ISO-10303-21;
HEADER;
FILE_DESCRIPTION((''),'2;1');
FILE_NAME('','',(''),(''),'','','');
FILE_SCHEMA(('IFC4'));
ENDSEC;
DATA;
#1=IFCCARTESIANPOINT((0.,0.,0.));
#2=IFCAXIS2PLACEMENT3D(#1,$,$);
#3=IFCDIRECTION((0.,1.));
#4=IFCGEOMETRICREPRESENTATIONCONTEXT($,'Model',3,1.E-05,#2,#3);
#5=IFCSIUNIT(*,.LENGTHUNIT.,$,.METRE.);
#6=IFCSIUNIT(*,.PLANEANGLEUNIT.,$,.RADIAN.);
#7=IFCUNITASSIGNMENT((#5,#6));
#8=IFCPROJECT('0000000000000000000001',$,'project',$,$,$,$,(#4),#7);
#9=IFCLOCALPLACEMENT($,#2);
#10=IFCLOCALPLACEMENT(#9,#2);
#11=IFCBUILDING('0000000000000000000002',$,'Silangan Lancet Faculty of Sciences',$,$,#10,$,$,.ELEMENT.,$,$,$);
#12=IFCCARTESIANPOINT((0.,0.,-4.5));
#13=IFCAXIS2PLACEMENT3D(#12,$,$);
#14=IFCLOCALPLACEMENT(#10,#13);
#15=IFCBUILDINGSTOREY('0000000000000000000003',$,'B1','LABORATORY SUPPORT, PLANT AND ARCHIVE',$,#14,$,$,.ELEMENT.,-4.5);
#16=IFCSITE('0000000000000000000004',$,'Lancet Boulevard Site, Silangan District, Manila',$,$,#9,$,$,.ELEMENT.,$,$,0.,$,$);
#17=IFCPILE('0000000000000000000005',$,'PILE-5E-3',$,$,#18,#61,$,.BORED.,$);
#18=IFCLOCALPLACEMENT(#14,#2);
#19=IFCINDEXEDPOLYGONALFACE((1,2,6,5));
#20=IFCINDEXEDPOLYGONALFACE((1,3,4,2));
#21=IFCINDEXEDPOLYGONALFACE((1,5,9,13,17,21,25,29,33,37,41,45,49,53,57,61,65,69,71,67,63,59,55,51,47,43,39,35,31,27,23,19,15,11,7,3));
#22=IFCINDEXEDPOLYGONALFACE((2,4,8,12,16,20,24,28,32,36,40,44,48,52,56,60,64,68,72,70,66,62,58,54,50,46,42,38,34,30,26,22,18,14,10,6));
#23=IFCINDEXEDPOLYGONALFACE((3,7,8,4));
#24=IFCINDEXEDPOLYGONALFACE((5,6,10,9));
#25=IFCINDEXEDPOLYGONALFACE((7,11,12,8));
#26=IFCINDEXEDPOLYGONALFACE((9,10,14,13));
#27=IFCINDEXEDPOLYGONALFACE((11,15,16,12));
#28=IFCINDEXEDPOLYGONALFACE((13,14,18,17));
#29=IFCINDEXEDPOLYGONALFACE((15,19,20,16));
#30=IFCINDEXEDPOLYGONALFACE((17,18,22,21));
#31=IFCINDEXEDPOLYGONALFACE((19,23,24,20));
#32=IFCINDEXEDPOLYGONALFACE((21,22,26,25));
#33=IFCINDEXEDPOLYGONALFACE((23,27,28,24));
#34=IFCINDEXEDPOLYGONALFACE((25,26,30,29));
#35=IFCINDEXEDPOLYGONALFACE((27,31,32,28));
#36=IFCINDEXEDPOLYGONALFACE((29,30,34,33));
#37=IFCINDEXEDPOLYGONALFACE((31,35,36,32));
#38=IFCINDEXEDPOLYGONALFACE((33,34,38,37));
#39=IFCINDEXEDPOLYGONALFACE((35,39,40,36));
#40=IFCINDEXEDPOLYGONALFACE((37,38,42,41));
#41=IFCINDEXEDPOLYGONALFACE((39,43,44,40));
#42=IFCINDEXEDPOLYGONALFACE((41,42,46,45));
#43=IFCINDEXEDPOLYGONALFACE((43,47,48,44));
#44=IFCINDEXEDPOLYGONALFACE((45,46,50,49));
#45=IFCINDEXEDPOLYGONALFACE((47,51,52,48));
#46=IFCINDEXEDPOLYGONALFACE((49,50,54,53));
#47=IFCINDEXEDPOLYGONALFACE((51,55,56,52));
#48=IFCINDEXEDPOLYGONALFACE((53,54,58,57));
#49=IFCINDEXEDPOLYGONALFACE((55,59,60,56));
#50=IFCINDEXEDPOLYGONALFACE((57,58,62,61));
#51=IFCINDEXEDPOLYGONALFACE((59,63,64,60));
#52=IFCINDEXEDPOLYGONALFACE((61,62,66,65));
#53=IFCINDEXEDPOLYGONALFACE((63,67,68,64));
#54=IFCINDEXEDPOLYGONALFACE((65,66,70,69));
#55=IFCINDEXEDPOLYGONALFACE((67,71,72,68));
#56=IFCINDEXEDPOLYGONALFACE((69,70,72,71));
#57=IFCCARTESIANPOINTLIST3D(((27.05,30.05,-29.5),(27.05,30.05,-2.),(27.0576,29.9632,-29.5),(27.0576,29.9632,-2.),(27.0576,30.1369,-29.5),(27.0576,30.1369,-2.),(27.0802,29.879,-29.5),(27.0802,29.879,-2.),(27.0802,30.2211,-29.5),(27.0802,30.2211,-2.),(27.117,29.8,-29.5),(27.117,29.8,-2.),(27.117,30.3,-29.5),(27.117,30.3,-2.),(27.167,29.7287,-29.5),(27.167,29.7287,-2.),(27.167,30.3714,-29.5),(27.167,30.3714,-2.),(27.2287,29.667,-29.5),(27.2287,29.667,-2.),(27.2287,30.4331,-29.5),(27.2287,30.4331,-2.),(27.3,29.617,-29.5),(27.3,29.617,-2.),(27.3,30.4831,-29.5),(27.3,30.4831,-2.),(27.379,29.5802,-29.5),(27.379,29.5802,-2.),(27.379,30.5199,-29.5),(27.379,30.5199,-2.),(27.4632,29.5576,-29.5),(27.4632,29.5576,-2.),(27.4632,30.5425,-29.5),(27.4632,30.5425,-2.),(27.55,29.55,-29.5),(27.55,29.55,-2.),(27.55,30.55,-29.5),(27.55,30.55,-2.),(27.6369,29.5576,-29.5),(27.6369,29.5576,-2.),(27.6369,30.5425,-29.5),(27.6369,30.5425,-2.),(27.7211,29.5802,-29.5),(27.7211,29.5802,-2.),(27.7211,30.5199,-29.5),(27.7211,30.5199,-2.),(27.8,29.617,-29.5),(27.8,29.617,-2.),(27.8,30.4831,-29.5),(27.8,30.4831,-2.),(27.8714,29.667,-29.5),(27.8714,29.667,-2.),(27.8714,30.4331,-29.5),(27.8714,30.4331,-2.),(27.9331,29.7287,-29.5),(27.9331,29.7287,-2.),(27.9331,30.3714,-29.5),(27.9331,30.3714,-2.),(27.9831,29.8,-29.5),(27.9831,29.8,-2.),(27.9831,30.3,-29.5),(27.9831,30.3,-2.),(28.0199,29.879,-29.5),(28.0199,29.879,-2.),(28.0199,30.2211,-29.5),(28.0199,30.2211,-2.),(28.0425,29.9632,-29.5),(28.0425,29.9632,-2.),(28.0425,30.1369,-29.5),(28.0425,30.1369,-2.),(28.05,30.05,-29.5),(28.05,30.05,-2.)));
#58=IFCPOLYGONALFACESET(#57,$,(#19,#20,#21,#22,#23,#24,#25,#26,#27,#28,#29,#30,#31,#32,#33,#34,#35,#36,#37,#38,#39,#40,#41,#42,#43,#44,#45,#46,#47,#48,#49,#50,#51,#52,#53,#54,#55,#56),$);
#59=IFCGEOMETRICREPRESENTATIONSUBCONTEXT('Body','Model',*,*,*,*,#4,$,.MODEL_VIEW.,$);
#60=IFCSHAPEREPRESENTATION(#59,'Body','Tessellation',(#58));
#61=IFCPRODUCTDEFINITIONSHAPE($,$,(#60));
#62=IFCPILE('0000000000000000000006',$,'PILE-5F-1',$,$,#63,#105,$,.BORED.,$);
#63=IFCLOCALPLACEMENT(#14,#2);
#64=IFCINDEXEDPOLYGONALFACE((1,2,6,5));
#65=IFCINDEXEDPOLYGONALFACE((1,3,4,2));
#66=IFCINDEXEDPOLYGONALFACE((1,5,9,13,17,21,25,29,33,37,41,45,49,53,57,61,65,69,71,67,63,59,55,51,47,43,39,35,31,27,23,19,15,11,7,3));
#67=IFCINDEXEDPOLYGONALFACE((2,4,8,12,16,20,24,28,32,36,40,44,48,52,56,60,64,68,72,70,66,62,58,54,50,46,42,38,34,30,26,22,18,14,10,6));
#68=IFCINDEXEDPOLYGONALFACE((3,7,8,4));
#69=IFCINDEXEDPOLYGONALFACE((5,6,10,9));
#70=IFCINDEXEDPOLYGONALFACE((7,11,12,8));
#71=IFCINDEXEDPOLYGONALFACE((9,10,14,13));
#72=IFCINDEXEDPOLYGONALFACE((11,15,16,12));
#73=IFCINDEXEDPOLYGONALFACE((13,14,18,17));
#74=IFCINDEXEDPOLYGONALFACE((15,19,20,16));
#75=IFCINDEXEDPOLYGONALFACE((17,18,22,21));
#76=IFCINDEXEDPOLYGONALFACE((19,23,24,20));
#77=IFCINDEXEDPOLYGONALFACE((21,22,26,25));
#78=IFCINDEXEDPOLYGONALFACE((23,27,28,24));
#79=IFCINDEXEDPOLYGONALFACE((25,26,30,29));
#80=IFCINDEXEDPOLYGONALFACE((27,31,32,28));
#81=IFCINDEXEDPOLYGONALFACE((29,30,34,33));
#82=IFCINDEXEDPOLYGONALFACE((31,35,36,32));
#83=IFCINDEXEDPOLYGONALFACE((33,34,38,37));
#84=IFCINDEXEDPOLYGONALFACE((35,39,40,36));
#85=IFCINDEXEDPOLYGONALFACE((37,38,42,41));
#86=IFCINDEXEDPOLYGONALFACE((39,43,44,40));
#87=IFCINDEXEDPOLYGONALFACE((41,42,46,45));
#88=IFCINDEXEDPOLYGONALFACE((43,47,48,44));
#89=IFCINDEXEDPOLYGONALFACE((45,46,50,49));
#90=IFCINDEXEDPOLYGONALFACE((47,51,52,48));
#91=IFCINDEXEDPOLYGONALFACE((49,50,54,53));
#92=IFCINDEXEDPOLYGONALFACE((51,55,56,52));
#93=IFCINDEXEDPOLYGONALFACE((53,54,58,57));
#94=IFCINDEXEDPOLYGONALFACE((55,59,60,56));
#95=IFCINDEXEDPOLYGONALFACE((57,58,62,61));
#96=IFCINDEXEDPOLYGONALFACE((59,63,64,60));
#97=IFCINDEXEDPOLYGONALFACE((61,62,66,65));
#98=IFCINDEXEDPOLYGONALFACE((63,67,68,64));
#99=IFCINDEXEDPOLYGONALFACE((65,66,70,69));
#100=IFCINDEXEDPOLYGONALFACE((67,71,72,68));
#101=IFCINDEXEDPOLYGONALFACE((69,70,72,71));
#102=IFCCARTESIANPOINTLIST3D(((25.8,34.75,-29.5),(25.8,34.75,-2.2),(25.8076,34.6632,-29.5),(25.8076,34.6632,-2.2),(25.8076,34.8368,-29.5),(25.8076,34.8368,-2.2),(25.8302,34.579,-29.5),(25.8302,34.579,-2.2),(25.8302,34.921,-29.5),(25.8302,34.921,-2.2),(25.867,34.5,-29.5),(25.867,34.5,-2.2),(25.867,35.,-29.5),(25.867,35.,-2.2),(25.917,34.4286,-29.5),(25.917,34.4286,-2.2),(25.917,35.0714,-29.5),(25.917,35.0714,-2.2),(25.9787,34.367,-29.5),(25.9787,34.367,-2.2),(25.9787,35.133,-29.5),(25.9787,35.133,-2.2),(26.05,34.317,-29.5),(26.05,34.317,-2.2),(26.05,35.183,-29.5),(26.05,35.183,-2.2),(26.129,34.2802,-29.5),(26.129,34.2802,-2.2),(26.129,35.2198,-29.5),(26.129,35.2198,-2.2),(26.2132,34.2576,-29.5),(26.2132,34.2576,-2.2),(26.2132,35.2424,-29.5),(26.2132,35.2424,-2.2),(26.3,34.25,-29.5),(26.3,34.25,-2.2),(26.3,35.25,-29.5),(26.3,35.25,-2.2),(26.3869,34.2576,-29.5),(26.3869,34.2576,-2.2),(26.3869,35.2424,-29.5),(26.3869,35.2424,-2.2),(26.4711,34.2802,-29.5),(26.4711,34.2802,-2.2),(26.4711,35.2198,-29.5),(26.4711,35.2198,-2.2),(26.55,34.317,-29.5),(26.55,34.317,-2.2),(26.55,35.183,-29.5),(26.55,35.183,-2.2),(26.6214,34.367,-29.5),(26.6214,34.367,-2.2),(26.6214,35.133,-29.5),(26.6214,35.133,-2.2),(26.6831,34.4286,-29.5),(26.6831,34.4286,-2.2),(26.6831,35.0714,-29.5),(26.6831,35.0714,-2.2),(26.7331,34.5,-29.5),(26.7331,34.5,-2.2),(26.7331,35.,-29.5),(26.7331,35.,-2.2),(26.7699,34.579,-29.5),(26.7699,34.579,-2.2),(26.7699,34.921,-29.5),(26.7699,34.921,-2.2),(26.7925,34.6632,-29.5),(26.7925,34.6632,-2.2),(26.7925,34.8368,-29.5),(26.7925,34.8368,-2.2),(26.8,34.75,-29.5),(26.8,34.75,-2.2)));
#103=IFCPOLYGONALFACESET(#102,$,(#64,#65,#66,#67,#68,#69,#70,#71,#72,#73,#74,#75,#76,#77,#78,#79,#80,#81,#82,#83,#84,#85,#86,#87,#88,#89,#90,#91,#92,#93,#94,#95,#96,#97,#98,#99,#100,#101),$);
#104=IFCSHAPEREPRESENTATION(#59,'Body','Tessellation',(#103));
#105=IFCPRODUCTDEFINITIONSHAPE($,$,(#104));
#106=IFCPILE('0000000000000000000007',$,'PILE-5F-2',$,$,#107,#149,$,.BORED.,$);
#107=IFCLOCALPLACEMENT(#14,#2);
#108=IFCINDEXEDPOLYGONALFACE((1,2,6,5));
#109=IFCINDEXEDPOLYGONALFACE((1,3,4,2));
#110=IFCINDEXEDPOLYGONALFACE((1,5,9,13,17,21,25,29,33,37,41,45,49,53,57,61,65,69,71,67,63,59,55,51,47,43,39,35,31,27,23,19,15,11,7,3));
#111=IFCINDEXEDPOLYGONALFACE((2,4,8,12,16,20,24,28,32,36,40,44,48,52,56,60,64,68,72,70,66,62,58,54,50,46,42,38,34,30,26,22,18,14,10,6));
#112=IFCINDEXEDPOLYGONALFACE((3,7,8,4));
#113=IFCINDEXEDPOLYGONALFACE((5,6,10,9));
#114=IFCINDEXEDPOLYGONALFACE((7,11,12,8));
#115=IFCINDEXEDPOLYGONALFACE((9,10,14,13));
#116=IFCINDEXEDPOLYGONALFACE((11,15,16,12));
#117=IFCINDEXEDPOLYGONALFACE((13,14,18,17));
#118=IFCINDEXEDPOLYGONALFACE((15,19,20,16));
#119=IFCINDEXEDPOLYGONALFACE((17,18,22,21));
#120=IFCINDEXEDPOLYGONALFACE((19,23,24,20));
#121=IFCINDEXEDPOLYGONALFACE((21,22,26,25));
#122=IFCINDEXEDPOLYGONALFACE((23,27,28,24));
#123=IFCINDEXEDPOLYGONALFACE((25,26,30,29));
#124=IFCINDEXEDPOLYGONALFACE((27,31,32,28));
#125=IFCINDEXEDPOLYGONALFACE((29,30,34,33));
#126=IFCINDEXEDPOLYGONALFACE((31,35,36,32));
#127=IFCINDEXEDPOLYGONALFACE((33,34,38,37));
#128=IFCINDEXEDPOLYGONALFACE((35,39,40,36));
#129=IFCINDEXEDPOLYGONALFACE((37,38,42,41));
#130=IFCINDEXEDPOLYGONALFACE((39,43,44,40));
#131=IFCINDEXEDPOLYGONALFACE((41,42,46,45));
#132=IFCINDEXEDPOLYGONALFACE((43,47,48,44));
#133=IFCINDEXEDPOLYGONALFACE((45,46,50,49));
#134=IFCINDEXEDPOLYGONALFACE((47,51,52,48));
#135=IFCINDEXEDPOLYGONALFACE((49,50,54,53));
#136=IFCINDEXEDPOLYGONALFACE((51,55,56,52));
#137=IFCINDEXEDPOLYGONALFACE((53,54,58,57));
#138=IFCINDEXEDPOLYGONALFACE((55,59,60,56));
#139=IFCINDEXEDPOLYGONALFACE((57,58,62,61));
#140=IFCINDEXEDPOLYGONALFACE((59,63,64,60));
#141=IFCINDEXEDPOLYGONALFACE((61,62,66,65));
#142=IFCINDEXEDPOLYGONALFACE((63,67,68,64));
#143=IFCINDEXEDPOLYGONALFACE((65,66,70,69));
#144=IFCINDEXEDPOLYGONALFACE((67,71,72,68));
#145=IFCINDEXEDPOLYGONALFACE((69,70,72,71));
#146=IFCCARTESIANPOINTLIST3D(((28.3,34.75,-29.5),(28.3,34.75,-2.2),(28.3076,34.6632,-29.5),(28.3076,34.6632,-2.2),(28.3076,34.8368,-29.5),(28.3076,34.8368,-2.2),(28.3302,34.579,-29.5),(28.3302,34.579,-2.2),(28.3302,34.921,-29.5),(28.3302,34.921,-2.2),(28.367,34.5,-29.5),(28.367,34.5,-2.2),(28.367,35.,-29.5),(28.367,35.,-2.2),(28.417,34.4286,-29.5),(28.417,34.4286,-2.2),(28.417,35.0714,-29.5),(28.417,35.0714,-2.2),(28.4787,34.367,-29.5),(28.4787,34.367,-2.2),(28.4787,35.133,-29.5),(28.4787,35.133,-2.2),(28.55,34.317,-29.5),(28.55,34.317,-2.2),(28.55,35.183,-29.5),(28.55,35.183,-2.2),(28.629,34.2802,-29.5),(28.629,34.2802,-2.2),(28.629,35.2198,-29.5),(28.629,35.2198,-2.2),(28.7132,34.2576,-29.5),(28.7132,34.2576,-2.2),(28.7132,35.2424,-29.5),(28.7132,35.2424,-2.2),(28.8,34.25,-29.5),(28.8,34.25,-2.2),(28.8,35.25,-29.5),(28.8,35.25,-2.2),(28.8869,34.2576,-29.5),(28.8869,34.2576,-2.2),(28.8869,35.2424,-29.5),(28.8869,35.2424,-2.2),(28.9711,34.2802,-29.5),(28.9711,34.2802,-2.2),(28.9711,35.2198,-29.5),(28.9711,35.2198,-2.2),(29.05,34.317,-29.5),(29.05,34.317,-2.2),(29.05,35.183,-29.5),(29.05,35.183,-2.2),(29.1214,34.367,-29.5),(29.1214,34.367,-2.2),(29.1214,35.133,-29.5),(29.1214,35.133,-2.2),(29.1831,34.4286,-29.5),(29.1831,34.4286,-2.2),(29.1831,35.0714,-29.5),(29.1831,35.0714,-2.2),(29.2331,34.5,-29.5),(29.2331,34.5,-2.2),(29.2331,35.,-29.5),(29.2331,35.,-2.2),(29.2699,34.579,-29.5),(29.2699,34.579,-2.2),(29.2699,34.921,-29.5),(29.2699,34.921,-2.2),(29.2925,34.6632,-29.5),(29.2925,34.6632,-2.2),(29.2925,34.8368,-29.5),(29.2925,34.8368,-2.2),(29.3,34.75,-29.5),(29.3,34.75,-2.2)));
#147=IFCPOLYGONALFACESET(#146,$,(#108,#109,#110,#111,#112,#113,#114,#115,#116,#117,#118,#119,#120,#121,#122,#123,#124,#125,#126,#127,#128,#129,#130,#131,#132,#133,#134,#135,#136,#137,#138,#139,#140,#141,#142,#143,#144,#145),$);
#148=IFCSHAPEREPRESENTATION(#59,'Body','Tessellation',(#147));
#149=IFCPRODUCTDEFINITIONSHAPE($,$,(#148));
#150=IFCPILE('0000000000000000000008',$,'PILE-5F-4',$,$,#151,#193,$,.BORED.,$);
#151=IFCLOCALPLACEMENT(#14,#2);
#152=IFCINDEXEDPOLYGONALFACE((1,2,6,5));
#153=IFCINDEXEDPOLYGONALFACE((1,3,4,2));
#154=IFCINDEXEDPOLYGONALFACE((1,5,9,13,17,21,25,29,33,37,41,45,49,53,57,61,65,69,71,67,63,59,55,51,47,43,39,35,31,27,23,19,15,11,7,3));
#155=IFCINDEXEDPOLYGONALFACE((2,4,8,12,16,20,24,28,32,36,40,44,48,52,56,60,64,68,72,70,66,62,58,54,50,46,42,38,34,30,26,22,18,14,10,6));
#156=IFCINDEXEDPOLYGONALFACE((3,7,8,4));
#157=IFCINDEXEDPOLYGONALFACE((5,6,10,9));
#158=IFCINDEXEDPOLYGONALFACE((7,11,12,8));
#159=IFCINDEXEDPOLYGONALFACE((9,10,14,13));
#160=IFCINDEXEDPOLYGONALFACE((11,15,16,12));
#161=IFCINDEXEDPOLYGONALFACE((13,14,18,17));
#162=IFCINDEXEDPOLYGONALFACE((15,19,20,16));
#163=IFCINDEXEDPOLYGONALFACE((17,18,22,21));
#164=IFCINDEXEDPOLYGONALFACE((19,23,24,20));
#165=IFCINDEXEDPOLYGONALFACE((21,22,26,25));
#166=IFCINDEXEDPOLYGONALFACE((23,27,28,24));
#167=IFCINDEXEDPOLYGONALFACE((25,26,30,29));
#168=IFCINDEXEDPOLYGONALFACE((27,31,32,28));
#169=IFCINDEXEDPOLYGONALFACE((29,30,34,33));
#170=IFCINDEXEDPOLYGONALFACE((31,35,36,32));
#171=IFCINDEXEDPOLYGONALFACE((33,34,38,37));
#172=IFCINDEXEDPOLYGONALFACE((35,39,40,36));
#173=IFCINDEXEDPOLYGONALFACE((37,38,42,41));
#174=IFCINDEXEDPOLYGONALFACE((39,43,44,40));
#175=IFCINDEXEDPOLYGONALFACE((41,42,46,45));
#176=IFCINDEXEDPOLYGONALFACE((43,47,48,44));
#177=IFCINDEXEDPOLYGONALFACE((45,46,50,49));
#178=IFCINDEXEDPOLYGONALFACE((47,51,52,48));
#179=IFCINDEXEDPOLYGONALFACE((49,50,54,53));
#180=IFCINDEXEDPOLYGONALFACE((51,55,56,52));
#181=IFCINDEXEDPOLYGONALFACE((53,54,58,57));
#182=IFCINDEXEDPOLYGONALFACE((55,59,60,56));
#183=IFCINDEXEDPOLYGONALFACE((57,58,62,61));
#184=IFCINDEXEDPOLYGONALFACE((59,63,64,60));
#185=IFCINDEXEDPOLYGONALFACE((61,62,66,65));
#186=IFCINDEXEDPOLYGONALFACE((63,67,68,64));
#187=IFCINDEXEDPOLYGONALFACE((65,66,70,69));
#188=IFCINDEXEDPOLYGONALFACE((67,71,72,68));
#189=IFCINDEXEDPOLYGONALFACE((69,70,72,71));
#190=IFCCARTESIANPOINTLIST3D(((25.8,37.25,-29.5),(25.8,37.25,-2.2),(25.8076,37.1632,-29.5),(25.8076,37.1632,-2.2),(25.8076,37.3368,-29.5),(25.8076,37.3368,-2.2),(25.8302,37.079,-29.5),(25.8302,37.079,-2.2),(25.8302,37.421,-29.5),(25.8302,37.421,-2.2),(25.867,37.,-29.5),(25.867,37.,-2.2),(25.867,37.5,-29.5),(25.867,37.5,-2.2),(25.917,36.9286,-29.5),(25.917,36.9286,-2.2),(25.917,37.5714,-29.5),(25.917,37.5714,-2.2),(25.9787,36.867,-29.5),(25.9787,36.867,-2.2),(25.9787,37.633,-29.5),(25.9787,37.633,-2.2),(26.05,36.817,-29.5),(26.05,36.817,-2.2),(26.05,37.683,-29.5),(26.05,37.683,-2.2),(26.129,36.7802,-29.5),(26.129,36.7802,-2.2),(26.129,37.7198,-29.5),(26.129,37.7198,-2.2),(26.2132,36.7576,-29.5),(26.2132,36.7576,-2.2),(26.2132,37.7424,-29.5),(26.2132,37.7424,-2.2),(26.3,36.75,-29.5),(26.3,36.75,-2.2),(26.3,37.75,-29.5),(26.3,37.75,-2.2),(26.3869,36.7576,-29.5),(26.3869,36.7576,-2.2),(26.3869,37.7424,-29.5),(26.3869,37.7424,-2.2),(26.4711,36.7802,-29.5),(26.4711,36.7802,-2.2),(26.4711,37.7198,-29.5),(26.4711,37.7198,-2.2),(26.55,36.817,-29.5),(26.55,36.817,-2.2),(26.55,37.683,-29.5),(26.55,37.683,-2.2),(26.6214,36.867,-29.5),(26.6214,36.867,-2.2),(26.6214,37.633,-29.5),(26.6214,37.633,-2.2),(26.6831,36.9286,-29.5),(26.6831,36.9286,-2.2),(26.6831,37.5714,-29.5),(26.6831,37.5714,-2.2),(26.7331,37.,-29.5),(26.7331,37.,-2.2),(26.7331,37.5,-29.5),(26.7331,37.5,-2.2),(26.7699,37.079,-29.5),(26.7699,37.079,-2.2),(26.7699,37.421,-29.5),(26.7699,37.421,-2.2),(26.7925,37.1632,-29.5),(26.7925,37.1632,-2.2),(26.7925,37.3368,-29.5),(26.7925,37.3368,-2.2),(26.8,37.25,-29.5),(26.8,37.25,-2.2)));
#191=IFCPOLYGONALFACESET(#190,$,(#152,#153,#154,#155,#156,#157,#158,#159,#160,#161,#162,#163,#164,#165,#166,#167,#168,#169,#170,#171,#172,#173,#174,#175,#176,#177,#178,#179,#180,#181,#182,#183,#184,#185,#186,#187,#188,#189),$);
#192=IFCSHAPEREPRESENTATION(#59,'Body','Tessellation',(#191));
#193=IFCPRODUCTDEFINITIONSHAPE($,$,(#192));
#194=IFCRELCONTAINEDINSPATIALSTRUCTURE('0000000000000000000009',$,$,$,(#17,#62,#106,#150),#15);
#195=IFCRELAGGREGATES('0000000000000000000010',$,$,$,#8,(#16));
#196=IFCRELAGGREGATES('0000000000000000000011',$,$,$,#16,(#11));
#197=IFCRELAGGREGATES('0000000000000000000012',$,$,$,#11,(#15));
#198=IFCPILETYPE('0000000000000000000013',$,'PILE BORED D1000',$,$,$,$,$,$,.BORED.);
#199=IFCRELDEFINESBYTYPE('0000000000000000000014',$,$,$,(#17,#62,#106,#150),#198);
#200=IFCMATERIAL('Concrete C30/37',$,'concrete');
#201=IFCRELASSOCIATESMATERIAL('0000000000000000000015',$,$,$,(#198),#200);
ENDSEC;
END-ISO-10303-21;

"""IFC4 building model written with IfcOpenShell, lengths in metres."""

from ifc_helpers import new_model, si_unit, direction, frame, origin, origin_2d, place, context, subcontext, project, spatial, circle, extrude, material, material_profile, profile_set, type_object, element, save


model = new_model("IFC4")

# Units and contexts
model_context = context("Model", 3, precision=1e-05, world=origin(), true_north=direction((0.0, 1.0)))
body_context = subcontext(model_context, "Body", "Model", "MODEL_VIEW")
ifc_project = project(units=[si_unit("LENGTHUNIT", "METRE"), si_unit("PLANEANGLEUNIT", "RADIAN")], contexts=[model_context])

# Site, building, storey
site_placement = place(None, origin())
site = spatial("IfcSite", under=ifc_project, at=site_placement, Name="Lancet Boulevard Site, Silangan District, Manila", CompositionType="ELEMENT", RefElevation=0.0)
building_placement = place(site_placement, origin())
building = spatial("IfcBuilding", under=site, at=building_placement, Name="Silangan Lancet Faculty of Sciences", CompositionType="ELEMENT")
storey_placement = place(building_placement, frame((0.0, 0.0, -4.5)))
storey = spatial("IfcBuildingStorey", under=building, at=storey_placement, Name="B1", Description="LABORATORY SUPPORT, PLANT AND ARCHIVE", CompositionType="ELEMENT", Elevation=-4.5)

# Piles
ifc_material_1 = material(Name="Concrete C30/37", Category="concrete")
ifc_material_profile_1 = material_profile(ifc_material_1, circle(Radius=0.5, at=origin_2d()), Name="BORED PILE D1000")
ifc_profile_set_1 = profile_set([ifc_material_profile_1], Name="Concrete C30/37")
pile_type = type_object("IfcPileType", Name="PILE BORED D1000", PredefinedType="BORED", material=ifc_profile_set_1)
pile_1_placement = place(storey_placement, frame((27.55, 30.05, -2.0), z_axis=(0.0, 0.0, -1.0), x_axis=(1.0, 0.0, 0.0)))
element("IfcPile", 1, at=pile_1_placement, inside=storey, type_object=pile_type, Name="PILE-5E-3", PredefinedType="BORED", context=body_context, shape_type="SweptSolid", body=[
    extrude(circle(Radius=0.5, at=origin_2d()), origin(), (0.0, 0.0, 1.0), 27.5),
])
for number, where, z_axis, x_axis, name in (
    (2, (26.3, 34.75, -2.2), (0.0, 0.0, -1.0), (1.0, 0.0, 0.0), "PILE-5F-1"),
    (3, (28.8, 34.75, -2.2), (0.0, 0.0, -1.0), (1.0, 0.0, 0.0), "PILE-5F-2"),
    (4, (26.3, 37.25, -2.2), (0.0, 0.0, -1.0), (1.0, 0.0, 0.0), "PILE-5F-4"),
):
    element("IfcPile", number, at=place(storey_placement, frame(where, z_axis=z_axis, x_axis=x_axis)), inside=storey, type_object=pile_type, Name=name, PredefinedType="BORED", context=body_context, shape_type="SweptSolid", body=[
        extrude(circle(Radius=0.5, at=origin_2d()), origin(), (0.0, 0.0, 1.0), 27.3),
    ])

save(model, "model.ifc")
